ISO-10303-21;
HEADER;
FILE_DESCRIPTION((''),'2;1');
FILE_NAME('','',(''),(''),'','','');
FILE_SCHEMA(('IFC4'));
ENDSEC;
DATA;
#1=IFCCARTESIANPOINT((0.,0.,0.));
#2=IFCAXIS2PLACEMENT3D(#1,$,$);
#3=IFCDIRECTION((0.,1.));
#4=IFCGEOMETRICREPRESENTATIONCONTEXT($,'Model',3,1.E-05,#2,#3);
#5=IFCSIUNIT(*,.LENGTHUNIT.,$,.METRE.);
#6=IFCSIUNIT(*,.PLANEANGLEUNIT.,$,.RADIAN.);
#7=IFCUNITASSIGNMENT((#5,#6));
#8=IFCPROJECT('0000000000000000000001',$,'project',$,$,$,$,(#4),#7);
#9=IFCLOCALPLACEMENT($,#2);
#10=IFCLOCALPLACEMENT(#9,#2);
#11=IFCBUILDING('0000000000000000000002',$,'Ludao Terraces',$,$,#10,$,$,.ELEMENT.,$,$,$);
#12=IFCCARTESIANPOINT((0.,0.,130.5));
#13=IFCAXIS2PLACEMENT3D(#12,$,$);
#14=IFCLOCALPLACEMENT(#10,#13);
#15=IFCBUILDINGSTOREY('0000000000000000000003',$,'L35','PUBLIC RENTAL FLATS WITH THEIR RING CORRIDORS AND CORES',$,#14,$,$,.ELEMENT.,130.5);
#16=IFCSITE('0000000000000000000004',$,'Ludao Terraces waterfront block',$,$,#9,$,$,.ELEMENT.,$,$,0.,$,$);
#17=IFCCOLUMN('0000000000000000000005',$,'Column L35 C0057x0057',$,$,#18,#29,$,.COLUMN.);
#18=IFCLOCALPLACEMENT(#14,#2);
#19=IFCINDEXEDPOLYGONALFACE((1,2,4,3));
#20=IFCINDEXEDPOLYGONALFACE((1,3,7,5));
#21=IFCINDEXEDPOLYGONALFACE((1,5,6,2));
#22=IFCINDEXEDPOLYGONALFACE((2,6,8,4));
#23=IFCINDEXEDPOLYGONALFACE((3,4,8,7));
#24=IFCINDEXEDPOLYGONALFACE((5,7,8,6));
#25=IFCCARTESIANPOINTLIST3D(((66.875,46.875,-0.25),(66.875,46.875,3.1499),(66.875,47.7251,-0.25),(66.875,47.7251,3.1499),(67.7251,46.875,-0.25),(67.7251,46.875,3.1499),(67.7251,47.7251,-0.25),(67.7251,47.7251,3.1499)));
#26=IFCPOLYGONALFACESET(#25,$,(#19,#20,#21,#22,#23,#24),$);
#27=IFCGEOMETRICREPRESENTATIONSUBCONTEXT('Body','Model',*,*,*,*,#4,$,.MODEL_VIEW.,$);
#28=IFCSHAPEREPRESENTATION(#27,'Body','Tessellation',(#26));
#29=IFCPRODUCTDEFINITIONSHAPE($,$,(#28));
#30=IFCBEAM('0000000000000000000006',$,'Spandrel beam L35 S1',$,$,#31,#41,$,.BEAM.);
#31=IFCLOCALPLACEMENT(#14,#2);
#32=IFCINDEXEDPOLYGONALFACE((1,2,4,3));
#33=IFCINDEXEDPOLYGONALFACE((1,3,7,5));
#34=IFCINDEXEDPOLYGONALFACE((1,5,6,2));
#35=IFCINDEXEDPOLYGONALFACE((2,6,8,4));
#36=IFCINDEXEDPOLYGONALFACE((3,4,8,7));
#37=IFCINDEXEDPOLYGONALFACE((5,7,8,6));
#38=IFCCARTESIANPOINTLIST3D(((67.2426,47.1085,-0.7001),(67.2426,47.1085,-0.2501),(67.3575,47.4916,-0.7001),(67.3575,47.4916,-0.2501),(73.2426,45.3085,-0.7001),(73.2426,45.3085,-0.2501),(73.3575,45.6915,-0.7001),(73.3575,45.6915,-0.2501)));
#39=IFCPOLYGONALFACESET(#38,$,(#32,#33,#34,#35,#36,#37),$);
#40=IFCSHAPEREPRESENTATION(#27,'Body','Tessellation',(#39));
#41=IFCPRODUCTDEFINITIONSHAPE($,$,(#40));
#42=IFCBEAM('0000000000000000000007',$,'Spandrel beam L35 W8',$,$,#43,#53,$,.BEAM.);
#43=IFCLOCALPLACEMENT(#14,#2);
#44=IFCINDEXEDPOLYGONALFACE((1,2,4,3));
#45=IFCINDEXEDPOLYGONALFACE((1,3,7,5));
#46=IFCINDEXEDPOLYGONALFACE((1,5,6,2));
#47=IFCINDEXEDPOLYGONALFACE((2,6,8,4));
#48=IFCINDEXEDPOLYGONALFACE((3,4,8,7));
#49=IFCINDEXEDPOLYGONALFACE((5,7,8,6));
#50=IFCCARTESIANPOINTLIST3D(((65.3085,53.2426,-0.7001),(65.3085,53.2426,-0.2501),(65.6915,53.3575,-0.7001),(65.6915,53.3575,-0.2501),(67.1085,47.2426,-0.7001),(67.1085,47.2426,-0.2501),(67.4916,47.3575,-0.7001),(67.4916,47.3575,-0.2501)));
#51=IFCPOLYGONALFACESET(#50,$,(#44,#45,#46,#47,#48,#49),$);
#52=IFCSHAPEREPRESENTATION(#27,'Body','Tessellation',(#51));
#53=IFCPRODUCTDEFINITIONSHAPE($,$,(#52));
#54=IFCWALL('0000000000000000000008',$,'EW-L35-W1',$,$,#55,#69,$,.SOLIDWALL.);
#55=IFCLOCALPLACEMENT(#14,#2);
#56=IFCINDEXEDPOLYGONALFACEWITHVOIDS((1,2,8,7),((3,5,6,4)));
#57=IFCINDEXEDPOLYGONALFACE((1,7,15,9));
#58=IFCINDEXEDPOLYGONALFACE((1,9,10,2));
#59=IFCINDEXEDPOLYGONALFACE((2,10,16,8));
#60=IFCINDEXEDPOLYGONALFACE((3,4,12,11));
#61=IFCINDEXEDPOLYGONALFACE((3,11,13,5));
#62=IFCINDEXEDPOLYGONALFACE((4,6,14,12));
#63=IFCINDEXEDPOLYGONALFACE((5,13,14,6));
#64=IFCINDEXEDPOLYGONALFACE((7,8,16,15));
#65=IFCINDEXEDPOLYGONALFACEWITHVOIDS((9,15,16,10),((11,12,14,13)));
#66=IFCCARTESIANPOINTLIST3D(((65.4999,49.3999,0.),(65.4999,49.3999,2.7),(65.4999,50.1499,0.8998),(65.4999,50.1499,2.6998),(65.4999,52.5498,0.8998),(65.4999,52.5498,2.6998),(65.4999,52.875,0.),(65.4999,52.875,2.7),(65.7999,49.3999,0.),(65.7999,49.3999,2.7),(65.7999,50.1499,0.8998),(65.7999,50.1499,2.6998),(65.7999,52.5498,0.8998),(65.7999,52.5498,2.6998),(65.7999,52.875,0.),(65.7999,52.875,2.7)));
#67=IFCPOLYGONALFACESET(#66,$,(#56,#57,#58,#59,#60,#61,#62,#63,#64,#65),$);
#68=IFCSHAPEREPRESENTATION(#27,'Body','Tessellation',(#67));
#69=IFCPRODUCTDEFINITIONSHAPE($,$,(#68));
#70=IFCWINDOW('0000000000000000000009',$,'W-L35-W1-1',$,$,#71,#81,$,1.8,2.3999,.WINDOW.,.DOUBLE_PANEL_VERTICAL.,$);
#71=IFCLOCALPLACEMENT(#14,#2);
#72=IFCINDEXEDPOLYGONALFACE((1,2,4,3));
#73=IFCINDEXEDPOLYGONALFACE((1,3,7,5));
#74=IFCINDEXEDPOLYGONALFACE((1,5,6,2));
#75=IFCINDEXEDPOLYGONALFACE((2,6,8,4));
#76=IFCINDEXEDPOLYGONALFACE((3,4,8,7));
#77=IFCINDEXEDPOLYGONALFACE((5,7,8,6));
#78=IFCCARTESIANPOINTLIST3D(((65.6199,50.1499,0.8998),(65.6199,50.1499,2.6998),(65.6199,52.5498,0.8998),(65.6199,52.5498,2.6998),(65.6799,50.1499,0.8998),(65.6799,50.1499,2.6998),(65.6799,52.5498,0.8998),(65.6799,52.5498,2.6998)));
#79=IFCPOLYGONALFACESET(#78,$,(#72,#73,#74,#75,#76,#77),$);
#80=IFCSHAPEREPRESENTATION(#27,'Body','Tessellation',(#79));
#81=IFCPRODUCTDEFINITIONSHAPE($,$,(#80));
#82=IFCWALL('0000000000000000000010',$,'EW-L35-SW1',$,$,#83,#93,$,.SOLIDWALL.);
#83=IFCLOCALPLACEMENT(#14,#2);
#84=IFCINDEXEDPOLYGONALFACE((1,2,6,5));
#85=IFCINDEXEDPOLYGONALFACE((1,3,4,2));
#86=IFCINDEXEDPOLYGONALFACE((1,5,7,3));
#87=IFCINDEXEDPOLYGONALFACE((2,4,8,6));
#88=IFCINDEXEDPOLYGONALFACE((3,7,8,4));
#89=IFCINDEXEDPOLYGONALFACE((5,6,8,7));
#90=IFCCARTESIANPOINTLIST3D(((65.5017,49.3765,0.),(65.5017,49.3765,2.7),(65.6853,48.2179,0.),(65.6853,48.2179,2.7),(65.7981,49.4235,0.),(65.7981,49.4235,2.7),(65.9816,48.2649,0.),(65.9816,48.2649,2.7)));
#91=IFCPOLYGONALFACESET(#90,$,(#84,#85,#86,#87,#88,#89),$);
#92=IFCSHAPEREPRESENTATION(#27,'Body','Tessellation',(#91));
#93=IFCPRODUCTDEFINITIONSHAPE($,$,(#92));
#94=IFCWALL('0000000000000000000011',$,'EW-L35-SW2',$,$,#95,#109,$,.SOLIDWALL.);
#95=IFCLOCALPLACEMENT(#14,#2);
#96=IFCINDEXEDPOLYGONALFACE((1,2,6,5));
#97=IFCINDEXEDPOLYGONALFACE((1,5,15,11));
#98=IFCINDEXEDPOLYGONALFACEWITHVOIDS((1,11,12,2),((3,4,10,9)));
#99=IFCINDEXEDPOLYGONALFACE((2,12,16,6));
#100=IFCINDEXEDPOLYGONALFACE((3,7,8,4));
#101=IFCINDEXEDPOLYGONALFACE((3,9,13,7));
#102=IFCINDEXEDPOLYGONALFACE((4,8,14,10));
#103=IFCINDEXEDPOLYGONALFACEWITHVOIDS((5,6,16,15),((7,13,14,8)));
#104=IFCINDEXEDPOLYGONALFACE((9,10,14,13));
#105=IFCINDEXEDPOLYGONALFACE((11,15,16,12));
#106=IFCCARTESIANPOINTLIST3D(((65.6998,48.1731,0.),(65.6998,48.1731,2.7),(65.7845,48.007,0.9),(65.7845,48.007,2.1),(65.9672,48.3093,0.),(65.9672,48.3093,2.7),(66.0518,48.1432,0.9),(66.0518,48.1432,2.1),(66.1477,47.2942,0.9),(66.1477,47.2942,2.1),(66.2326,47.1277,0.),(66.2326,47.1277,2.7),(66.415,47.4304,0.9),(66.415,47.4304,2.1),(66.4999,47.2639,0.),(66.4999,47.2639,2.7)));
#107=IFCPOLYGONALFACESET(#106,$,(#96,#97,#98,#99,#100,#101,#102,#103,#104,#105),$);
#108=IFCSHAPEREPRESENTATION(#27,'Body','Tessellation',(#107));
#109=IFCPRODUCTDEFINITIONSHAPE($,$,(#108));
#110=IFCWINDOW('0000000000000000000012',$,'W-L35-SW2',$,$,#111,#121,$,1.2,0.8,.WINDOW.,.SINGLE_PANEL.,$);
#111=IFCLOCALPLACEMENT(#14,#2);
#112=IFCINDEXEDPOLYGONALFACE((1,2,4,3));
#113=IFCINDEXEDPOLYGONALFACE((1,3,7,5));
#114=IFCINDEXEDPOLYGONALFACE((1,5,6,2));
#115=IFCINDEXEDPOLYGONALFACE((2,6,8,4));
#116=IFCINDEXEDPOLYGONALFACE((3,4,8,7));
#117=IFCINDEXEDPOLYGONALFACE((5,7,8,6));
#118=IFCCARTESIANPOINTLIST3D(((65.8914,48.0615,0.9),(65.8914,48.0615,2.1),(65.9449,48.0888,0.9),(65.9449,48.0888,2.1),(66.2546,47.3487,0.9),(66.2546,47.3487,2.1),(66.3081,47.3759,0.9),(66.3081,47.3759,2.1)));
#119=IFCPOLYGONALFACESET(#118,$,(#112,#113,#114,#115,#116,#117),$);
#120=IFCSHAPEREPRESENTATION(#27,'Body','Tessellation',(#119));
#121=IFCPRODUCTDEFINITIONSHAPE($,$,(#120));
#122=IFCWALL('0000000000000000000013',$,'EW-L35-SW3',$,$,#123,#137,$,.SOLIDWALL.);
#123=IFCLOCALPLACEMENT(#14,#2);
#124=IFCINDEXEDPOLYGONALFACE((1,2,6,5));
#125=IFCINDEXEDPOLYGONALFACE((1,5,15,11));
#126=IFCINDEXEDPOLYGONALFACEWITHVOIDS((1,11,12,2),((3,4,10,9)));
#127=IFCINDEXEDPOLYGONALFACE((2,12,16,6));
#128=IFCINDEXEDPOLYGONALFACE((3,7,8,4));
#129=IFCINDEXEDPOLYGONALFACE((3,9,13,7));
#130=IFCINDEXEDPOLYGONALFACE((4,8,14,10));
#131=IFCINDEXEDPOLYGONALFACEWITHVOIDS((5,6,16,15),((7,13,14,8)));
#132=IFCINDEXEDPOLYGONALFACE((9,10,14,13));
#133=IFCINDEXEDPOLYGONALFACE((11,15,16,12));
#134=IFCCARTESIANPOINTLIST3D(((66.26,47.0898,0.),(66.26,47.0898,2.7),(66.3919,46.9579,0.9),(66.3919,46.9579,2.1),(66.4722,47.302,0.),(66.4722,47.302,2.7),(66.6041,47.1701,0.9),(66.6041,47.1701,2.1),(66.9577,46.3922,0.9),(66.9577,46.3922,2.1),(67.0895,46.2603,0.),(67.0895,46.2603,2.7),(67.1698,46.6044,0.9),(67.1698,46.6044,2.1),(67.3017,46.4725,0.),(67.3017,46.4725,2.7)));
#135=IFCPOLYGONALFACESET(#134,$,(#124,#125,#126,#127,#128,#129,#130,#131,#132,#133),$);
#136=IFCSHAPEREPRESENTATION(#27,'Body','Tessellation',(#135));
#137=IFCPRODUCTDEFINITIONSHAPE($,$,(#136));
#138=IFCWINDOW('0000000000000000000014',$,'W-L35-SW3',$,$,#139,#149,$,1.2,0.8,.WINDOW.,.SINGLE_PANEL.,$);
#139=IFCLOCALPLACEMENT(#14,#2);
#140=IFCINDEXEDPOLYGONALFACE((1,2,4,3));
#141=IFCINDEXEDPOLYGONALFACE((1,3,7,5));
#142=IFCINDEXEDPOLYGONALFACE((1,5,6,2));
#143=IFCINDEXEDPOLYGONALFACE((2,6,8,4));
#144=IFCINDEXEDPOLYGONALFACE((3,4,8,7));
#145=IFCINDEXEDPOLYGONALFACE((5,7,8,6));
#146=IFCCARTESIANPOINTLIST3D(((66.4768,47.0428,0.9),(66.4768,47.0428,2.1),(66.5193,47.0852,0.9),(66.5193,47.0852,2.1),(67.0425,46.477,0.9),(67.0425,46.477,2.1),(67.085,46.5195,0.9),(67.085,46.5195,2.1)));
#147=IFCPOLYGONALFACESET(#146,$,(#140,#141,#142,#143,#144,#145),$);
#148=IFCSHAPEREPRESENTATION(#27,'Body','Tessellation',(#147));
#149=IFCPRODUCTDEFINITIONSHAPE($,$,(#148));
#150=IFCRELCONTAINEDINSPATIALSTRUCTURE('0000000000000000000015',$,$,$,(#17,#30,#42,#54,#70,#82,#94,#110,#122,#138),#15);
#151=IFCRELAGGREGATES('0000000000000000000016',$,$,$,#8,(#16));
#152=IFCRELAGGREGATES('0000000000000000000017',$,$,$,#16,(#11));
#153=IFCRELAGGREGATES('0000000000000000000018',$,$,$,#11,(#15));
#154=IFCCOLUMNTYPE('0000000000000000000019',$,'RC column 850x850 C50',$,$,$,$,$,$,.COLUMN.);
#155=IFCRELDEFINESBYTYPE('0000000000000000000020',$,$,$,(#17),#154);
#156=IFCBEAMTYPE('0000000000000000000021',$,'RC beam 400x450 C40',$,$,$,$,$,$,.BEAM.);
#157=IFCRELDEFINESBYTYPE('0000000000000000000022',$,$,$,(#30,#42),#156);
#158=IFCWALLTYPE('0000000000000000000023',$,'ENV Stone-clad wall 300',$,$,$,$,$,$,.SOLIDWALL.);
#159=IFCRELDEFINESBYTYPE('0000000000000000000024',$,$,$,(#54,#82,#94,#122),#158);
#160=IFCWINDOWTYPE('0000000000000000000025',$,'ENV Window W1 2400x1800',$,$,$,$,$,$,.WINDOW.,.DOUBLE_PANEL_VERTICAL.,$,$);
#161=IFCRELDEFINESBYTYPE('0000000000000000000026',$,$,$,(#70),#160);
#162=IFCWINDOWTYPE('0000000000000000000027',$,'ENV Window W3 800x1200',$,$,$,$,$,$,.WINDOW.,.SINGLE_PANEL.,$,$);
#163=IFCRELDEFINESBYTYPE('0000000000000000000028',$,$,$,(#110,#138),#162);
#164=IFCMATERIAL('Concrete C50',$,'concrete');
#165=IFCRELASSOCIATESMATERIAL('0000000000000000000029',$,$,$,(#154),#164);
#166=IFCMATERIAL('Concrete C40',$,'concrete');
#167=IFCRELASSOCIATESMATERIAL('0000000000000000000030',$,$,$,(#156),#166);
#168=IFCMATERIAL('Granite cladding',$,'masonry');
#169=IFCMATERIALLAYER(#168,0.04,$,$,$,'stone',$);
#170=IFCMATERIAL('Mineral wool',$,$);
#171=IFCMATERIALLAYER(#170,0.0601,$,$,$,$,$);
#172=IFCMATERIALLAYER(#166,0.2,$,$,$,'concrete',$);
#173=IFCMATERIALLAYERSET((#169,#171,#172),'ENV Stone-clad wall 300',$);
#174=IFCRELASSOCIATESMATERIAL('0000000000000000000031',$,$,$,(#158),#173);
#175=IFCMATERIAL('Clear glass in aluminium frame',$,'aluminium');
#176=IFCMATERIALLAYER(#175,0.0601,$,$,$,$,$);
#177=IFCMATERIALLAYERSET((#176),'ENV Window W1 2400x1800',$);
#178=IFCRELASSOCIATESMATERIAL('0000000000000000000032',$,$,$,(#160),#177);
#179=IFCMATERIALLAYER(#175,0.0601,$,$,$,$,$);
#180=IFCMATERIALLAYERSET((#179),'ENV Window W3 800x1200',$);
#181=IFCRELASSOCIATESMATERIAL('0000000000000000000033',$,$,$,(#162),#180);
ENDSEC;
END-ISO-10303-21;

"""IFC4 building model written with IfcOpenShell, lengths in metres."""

from ifc_helpers import new_model, si_unit, direction, frame, frame_2d, origin, origin_2d, place, context, subcontext, project, spatial, rectangle, extrude, material, layer, layer_set, material_profile, profile_set, type_object, element, fill, save


model = new_model("IFC4")

# Units and contexts
model_context = context("Model", 3, precision=1e-05, world=origin(), true_north=direction((0.0, 1.0)))
body_context = subcontext(model_context, "Body", "Model", "MODEL_VIEW")
ifc_project = project(units=[si_unit("LENGTHUNIT", "METRE"), si_unit("PLANEANGLEUNIT", "RADIAN")], contexts=[model_context])

# Site, building, storey
site_placement = place(None, origin())
site = spatial("IfcSite", under=ifc_project, at=site_placement, Name="Ludao Terraces waterfront block", CompositionType="ELEMENT", RefElevation=0.0)
building_placement = place(site_placement, origin())
building = spatial("IfcBuilding", under=site, at=building_placement, Name="Ludao Terraces", CompositionType="ELEMENT")
storey_placement = place(building_placement, frame((0.0, 0.0, 130.5)))
storey = spatial("IfcBuildingStorey", under=building, at=storey_placement, Name="L35", Description="PUBLIC RENTAL FLATS WITH THEIR RING CORRIDORS AND CORES", CompositionType="ELEMENT", Elevation=130.5)

# Column
ifc_material_1 = material(Name="Concrete C50", Category="concrete")
ifc_material_profile_1 = material_profile(ifc_material_1, rectangle(XDim=0.8501, YDim=0.8501, at=origin_2d()), Name="850 X 850")
ifc_profile_set_1 = profile_set([ifc_material_profile_1], Name="Concrete C50")
column_type = type_object("IfcColumnType", Name="RC column 850x850 C50", PredefinedType="COLUMN", material=ifc_profile_set_1)
column_placement = place(storey_placement, frame((67.3, 47.3, -0.25), z_axis=(0.0, 0.0, 1.0), x_axis=(1.0, 0.0, 0.0)))
element("IfcColumn", 1, at=column_placement, inside=storey, type_object=column_type, Name="Column L35 C0057x0057", PredefinedType="COLUMN", context=body_context, shape_type="SweptSolid", body=[
    extrude(rectangle(XDim=0.8501, YDim=0.8501, at=origin_2d()), origin(), (0.0, 0.0, 1.0), 3.3999),
])

# Beams
ifc_material_2 = material(Name="Concrete C40", Category="concrete")
ifc_material_profile_2 = material_profile(ifc_material_2, rectangle(XDim=0.3999, YDim=0.45, at=origin_2d()), Name="400 X 450")
ifc_profile_set_2 = profile_set([ifc_material_profile_2], Name="Concrete C40")
beam_type = type_object("IfcBeamType", Name="RC beam 400x450 C40", PredefinedType="BEAM", material=ifc_profile_set_2)
for number, where, z_axis, x_axis, name in (
    (2, (67.3, 47.3, -0.4751), (0.957824, -0.287355, 0.0), (0.287355, 0.957824, 0.0), "Spandrel beam L35 S1"),
    (3, (67.3, 47.3, -0.4751), (-0.287355, 0.957824, 0.0), (-0.957824, -0.287355, 0.0), "Spandrel beam L35 W8"),
):
    element("IfcBeam", number, at=place(storey_placement, frame(where, z_axis=z_axis, x_axis=x_axis)), inside=storey, type_object=beam_type, Name=name, PredefinedType="BEAM", context=body_context, shape_type="SweptSolid", body=[
        extrude(rectangle(XDim=0.3999, YDim=0.45, at=origin_2d()), origin(), (0.0, 0.0, 1.0), 6.2642),
    ])

# Wall, opening, window
ifc_material_3 = material(Name="Granite cladding", Category="masonry")
ifc_layer_1 = layer(ifc_material_3, 0.04, Category="stone")
ifc_material_4 = material(Name="Mineral wool")
ifc_layer_2 = layer(ifc_material_4, 0.0601)
ifc_layer_3 = layer(ifc_material_2, 0.2, Category="concrete")
ifc_layer_set_1 = layer_set([ifc_layer_1, ifc_layer_2, ifc_layer_3], Name="ENV Stone-clad wall 300")
wall_type_1 = type_object("IfcWallType", Name="ENV Stone-clad wall 300", PredefinedType="SOLIDWALL", material=ifc_layer_set_1)
wall_1_placement = place(storey_placement, frame((65.6499, 49.3999, 0.0), z_axis=(0.0, 0.0, 1.0), x_axis=(0.0, 1.0, 0.0)))
wall_1 = element("IfcWall", 4, at=wall_1_placement, inside=storey, type_object=wall_type_1, Name="EW-L35-W1", PredefinedType="SOLIDWALL", context=body_context, shape_type="SweptSolid", body=[
    extrude(rectangle(XDim=3.4751, YDim=0.3, at=frame_2d((1.7375, 0.0))), origin(), (0.0, 0.0, 1.0), 2.7),
])
opening_1_placement = place(wall_1_placement, frame((0.75, 0.0, 0.8999)))
opening_1 = element("IfcOpeningElement", 5, at=opening_1_placement, cuts=wall_1, PredefinedType="OPENING", context=body_context, shape_type="SweptSolid", body=[
    extrude(rectangle(XDim=2.3999, YDim=1.8, at=frame_2d((1.2, 0.8999))), frame((0.0, 0.1602, 0.0), z_axis=(0.0, -1.0, 0.0), x_axis=(1.0, 0.0, 0.0)), (0.0, 0.0, 1.0), 0.3201),
])
ifc_material_5 = material(Name="Clear glass in aluminium frame", Category="aluminium")
ifc_layer_4 = layer(ifc_material_5, 0.0601)
ifc_layer_set_2 = layer_set([ifc_layer_4], Name="ENV Window W1 2400x1800")
window_type_1 = type_object("IfcWindowType", Name="ENV Window W1 2400x1800", PartitioningType="DOUBLE_PANEL_VERTICAL", PredefinedType="WINDOW", material=ifc_layer_set_2)
window_1_placement = place(opening_1_placement, origin())
window_1 = element("IfcWindow", 6, at=window_1_placement, inside=storey, type_object=window_type_1, Name="W-L35-W1-1", OverallHeight=1.8, OverallWidth=2.3999, PartitioningType="DOUBLE_PANEL_VERTICAL", PredefinedType="WINDOW", context=body_context, shape_type="SweptSolid", body=[
    extrude(rectangle(XDim=2.3999, YDim=1.8, at=frame_2d((1.2, 0.8999))), frame((0.0, 0.03, 0.0), z_axis=(0.0, -1.0, 0.0), x_axis=(1.0, 0.0, 0.0)), (0.0, 0.0, 1.0), 0.0601),
])
fill(opening_1, window_1)

# Wall
wall_2_placement = place(storey_placement, frame((65.6499, 49.3999, 0.0), z_axis=(0.0, 0.0, 1.0), x_axis=(0.156497, -0.987678, 0.0)))
element("IfcWall", 7, at=wall_2_placement, inside=storey, type_object=wall_type_1, Name="EW-L35-SW1", PredefinedType="SOLIDWALL", context=body_context, shape_type="SweptSolid", body=[
    extrude(rectangle(XDim=1.1731, YDim=0.3, at=frame_2d((0.5864, 0.0))), origin(), (0.0, 0.0, 1.0), 2.7),
])

# Walls, openings, windows
wall_3_placement = place(storey_placement, frame((65.8335, 48.2412, 0.0), z_axis=(0.0, 0.0, 1.0), x_axis=(0.454026, -0.890989, 0.0)))
wall_3 = element("IfcWall", 8, at=wall_3_placement, inside=storey, type_object=wall_type_1, Name="EW-L35-SW2", PredefinedType="SOLIDWALL", context=body_context, shape_type="SweptSolid", body=[
    extrude(rectangle(XDim=1.1733, YDim=0.3, at=frame_2d((0.5867, 0.0))), origin(), (0.0, 0.0, 1.0), 2.7),
])
opening_2_placement = place(wall_3_placement, frame((0.1865, 0.0, 0.8999)))
opening_2 = element("IfcOpeningElement", 9, at=opening_2_placement, cuts=wall_3, PredefinedType="OPENING", context=body_context, shape_type="SweptSolid", body=[
    extrude(rectangle(XDim=0.8, YDim=1.2, at=frame_2d((0.3999, 0.6001))), frame((0.0, 0.1602, 0.0), z_axis=(0.0, -1.0, 0.0), x_axis=(1.0, 0.0, 0.0)), (0.0, 0.0, 1.0), 0.3201),
])
ifc_layer_5 = layer(ifc_material_5, 0.0601)
ifc_layer_set_3 = layer_set([ifc_layer_5], Name="ENV Window W3 800x1200")
window_type_2 = type_object("IfcWindowType", Name="ENV Window W3 800x1200", PartitioningType="SINGLE_PANEL", PredefinedType="WINDOW", material=ifc_layer_set_3)
window_2_placement = place(opening_2_placement, origin())
window_2 = element("IfcWindow", 10, at=window_2_placement, inside=storey, type_object=window_type_2, Name="W-L35-SW2", OverallHeight=1.2, OverallWidth=0.8, PartitioningType="SINGLE_PANEL", PredefinedType="WINDOW", context=body_context, shape_type="SweptSolid", body=[
    extrude(rectangle(XDim=0.8, YDim=1.2, at=frame_2d((0.3999, 0.6001))), frame((0.0, 0.03, 0.0), z_axis=(0.0, -1.0, 0.0), x_axis=(1.0, 0.0, 0.0)), (0.0, 0.0, 1.0), 0.0601),
])
fill(opening_2, window_2)
wall_4_placement = place(storey_placement, frame((66.3662, 47.1958, 0.0), z_axis=(0.0, 0.0, 1.0), x_axis=(0.707107, -0.707107, 0.0)))
wall_4 = element("IfcWall", 11, at=wall_4_placement, inside=storey, type_object=wall_type_1, Name="EW-L35-SW3", PredefinedType="SOLIDWALL", context=body_context, shape_type="SweptSolid", body=[
    extrude(rectangle(XDim=1.1731, YDim=0.3, at=frame_2d((0.5864, 0.0))), origin(), (0.0, 0.0, 1.0), 2.7),
])
opening_3_placement = place(wall_4_placement, frame((0.1865, 0.0, 0.8999)))
opening_3 = element("IfcOpeningElement", 12, at=opening_3_placement, cuts=wall_4, PredefinedType="OPENING", context=body_context, shape_type="SweptSolid", body=[
    extrude(rectangle(XDim=0.8, YDim=1.2, at=frame_2d((0.3999, 0.6001))), frame((0.0, 0.1602, 0.0), z_axis=(0.0, -1.0, 0.0), x_axis=(1.0, 0.0, 0.0)), (0.0, 0.0, 1.0), 0.3201),
])
window_3_placement = place(opening_3_placement, origin())
window_3 = element("IfcWindow", 13, at=window_3_placement, inside=storey, type_object=window_type_2, Name="W-L35-SW3", OverallHeight=1.2, OverallWidth=0.8, PartitioningType="SINGLE_PANEL", PredefinedType="WINDOW", context=body_context, shape_type="SweptSolid", body=[
    extrude(rectangle(XDim=0.8, YDim=1.2, at=frame_2d((0.3999, 0.6001))), frame((0.0, 0.03, 0.0), z_axis=(0.0, -1.0, 0.0), x_axis=(1.0, 0.0, 0.0)), (0.0, 0.0, 1.0), 0.0601),
])
fill(opening_3, window_3)

save(model, "model.ifc")
